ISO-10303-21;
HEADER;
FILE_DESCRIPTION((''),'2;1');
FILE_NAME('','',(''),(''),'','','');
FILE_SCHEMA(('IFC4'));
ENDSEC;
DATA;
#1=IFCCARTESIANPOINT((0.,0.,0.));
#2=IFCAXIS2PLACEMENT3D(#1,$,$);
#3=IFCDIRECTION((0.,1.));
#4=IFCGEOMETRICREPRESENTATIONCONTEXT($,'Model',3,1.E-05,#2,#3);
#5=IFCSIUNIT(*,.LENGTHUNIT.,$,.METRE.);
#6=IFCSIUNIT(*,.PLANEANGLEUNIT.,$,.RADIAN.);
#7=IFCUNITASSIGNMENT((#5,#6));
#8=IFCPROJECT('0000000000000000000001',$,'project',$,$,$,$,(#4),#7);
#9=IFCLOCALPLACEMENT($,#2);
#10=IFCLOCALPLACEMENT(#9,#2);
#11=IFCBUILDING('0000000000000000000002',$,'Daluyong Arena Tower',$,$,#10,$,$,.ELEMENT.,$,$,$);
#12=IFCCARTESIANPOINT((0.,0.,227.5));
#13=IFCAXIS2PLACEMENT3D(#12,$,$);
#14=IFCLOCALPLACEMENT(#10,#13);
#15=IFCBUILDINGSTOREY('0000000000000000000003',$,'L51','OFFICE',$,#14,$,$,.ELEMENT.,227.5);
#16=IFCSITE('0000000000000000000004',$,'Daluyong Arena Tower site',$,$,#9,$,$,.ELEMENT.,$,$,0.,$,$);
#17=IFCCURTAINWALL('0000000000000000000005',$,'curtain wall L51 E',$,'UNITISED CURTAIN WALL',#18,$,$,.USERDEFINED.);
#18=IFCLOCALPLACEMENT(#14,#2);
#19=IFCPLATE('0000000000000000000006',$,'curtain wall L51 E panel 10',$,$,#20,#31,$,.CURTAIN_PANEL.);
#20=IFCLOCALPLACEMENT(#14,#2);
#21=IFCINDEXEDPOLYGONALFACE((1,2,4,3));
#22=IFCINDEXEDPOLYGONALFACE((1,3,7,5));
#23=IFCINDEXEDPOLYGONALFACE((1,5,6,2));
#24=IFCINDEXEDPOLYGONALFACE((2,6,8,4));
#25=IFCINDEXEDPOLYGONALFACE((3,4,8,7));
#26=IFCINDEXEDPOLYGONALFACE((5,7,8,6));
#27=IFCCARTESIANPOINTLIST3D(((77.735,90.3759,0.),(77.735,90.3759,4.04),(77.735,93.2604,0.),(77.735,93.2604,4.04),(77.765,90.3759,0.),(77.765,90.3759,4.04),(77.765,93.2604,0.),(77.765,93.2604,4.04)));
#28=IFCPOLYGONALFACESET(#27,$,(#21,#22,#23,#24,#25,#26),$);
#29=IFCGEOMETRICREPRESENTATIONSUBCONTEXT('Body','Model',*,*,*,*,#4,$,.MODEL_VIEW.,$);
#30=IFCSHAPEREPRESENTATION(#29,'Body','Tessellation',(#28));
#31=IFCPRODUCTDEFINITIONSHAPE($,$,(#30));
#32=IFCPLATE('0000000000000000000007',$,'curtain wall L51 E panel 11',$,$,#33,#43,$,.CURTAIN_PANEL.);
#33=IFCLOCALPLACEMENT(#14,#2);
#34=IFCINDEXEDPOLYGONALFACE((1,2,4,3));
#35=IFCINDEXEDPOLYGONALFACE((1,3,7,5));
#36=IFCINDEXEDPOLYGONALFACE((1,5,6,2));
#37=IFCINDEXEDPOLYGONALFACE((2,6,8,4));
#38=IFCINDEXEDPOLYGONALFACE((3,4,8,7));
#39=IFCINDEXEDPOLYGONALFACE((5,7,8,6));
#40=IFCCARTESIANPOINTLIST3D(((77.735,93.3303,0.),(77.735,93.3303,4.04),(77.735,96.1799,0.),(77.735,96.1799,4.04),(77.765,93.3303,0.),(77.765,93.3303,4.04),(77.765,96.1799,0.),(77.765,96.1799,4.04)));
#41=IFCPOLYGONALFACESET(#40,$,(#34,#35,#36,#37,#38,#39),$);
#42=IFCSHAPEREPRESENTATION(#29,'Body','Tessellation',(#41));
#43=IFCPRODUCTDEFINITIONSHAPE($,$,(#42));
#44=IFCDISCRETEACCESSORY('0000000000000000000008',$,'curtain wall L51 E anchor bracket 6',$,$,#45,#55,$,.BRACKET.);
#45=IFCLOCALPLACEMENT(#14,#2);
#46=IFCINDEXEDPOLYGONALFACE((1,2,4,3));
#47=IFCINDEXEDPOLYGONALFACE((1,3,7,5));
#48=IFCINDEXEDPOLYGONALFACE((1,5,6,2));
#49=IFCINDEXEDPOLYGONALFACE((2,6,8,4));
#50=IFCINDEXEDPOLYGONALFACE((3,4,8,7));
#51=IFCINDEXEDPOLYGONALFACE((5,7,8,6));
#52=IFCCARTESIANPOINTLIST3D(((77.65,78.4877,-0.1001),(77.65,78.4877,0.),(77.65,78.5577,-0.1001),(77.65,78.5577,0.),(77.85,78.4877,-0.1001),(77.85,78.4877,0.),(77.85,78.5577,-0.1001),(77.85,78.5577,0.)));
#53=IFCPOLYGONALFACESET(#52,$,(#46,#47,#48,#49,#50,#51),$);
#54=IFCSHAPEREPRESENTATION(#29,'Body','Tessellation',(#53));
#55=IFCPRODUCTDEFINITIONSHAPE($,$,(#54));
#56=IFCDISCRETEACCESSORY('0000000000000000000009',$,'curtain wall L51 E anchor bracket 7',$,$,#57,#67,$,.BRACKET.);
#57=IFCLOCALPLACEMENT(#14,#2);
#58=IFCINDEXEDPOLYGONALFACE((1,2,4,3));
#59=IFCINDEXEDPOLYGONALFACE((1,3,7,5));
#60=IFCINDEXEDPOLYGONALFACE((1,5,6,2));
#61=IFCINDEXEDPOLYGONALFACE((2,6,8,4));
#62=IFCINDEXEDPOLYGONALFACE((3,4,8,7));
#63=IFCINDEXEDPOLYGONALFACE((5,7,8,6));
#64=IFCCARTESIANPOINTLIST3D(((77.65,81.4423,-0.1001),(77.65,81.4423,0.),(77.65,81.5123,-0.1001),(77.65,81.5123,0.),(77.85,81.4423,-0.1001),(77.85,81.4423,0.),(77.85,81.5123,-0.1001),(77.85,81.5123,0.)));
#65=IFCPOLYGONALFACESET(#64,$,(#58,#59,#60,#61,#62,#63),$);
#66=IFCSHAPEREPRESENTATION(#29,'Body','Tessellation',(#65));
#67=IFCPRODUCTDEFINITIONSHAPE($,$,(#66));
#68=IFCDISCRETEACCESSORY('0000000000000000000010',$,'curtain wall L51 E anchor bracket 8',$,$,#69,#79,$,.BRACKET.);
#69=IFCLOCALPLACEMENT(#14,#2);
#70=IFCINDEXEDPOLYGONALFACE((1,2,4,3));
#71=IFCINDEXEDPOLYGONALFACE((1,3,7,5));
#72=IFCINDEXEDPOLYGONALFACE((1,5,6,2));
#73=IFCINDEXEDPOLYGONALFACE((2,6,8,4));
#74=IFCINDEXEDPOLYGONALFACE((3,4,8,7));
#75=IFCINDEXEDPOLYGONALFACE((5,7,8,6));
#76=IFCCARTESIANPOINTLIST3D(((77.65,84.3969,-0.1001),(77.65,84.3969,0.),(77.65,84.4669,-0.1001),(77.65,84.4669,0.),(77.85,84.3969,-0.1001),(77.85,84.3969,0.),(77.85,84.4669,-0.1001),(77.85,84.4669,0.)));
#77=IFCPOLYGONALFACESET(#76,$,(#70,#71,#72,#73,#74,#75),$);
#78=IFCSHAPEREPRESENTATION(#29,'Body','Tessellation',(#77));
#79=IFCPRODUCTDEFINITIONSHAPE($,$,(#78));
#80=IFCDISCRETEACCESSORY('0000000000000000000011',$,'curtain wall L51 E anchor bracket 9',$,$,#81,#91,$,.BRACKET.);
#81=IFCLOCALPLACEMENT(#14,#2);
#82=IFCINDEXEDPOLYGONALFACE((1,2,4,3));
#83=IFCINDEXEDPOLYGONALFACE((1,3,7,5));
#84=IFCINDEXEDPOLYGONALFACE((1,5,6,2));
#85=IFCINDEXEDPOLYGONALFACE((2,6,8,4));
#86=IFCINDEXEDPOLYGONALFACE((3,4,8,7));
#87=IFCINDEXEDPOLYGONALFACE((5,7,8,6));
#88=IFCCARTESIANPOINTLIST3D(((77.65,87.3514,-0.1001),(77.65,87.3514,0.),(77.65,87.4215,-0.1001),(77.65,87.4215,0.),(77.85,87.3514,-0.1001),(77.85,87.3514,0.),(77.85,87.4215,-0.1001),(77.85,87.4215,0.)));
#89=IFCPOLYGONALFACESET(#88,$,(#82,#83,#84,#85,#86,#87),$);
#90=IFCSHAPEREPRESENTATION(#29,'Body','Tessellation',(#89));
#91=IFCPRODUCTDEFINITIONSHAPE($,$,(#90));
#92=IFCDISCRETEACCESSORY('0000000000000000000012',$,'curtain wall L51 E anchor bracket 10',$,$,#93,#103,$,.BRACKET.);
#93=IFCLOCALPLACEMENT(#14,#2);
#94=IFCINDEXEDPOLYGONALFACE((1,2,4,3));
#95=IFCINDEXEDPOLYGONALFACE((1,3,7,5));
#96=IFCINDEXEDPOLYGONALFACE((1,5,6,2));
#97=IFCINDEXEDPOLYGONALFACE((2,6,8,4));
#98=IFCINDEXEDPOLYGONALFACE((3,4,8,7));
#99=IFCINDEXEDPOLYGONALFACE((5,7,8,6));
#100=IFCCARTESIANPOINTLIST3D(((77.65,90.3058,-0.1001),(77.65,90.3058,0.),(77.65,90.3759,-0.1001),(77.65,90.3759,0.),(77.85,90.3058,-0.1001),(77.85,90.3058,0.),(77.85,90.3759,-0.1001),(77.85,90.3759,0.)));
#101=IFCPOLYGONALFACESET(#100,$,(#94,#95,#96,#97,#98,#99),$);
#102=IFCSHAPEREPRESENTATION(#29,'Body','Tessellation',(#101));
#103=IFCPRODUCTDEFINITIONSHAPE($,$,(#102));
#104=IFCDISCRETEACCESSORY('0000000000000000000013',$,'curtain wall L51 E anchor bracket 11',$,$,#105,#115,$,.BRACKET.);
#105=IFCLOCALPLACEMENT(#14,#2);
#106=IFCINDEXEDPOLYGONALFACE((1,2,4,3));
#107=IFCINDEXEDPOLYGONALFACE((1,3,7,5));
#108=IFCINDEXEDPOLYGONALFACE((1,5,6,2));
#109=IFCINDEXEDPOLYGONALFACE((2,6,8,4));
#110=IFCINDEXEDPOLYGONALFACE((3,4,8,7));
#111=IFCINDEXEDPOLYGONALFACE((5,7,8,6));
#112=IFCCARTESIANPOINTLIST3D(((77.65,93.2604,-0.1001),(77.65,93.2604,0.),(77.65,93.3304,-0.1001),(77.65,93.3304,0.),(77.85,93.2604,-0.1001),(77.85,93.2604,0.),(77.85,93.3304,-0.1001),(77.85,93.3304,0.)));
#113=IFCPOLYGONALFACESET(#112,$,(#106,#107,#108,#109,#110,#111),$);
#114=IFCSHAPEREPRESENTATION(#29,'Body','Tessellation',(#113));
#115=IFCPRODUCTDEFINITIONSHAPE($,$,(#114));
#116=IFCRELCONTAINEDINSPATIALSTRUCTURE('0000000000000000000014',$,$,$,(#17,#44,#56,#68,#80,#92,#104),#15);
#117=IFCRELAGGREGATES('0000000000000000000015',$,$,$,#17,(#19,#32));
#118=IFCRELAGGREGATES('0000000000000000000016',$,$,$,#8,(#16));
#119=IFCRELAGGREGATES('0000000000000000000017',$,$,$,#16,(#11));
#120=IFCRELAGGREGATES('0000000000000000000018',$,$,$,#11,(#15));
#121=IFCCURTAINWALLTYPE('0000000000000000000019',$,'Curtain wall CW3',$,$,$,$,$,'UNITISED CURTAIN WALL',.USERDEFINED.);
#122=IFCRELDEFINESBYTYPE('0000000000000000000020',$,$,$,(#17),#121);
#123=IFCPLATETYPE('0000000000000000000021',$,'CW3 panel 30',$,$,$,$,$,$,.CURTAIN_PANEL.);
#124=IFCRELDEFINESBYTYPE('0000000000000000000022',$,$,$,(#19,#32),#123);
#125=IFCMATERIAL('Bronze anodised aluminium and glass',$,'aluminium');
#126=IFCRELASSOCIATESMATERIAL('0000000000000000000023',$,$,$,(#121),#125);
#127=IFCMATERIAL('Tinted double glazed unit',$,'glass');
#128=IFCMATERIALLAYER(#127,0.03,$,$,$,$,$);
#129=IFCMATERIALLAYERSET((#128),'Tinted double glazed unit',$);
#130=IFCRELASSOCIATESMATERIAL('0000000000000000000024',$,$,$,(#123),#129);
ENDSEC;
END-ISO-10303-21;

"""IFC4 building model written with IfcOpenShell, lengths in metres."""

from ifc_helpers import new_model, si_unit, direction, frame, origin, origin_2d, place, context, subcontext, project, spatial, rectangle, extrude, material, layer, layer_set, type_object, element, aggregate, save


model = new_model("IFC4")

# Units and contexts
model_context = context("Model", 3, precision=1e-05, world=origin(), true_north=direction((0.0, 1.0)))
body_context = subcontext(model_context, "Body", "Model", "MODEL_VIEW")
ifc_project = project(units=[si_unit("LENGTHUNIT", "METRE"), si_unit("PLANEANGLEUNIT", "RADIAN")], contexts=[model_context])

# Site, building, storey
site_placement = place(None, origin())
site = spatial("IfcSite", under=ifc_project, at=site_placement, Name="Daluyong Arena Tower site", CompositionType="ELEMENT", RefElevation=0.0)
building_placement = place(site_placement, origin())
building = spatial("IfcBuilding", under=site, at=building_placement, Name="Daluyong Arena Tower", CompositionType="ELEMENT")
storey_placement = place(building_placement, frame((0.0, 0.0, 227.5)))
storey = spatial("IfcBuildingStorey", under=building, at=storey_placement, Name="L51", Description="OFFICE", CompositionType="ELEMENT", Elevation=227.5)

# Curtain wall
ifc_material_1 = material(Name="Bronze anodised aluminium and glass", Category="aluminium")
curtain_wall_type = type_object("IfcCurtainWallType", Name="Curtain wall CW3", ElementType="UNITISED CURTAIN WALL", PredefinedType="USERDEFINED", material=ifc_material_1)
curtain_wall_placement = place(storey_placement, origin())
curtain_wall = element("IfcCurtainWall", 1, at=curtain_wall_placement, inside=storey, type_object=curtain_wall_type, Name="curtain wall L51 E", ObjectType="UNITISED CURTAIN WALL", PredefinedType="USERDEFINED")

# Plates
ifc_material_2 = material(Name="Tinted double glazed unit", Category="glass")
ifc_layer = layer(ifc_material_2, 0.03)
ifc_layer_set = layer_set([ifc_layer], Name="Tinted double glazed unit")
plate_type = type_object("IfcPlateType", Name="CW3 panel 30", PredefinedType="CURTAIN_PANEL", material=ifc_layer_set)
plate_1_placement = place(storey_placement, frame((77.75, 91.8181, 0.0), z_axis=(0.0, 0.0, 1.0), x_axis=(0.0, 1.0, 0.0)))
plate_1 = element("IfcPlate", 2, at=plate_1_placement, type_object=plate_type, Name="curtain wall L51 E panel 10", PredefinedType="CURTAIN_PANEL", context=body_context, shape_type="SweptSolid", body=[
    extrude(rectangle(XDim=2.8845, YDim=0.03, at=origin_2d()), origin(), (0.0, 0.0, 1.0), 4.04),
])
plate_2_placement = place(storey_placement, frame((77.75, 94.7551, 0.0), z_axis=(0.0, 0.0, 1.0), x_axis=(0.0, 1.0, 0.0)))
plate_2 = element("IfcPlate", 3, at=plate_2_placement, type_object=plate_type, Name="curtain wall L51 E panel 11", PredefinedType="CURTAIN_PANEL", context=body_context, shape_type="SweptSolid", body=[
    extrude(rectangle(XDim=2.8496, YDim=0.03, at=origin_2d()), origin(), (0.0, 0.0, 1.0), 4.04),
])
aggregate(curtain_wall, [plate_1, plate_2])

# Discrete accessories
for number, where, z_axis, x_axis, name in (
    (4, (77.75, 78.5227, -0.1001), (0.0, 0.0, 1.0), (0.0, 1.0, 0.0), "curtain wall L51 E anchor bracket 6"),
    (5, (77.75, 81.4773, -0.1001), (0.0, 0.0, 1.0), (0.0, 1.0, 0.0), "curtain wall L51 E anchor bracket 7"),
    (6, (77.75, 84.4319, -0.1001), (0.0, 0.0, 1.0), (0.0, 1.0, 0.0), "curtain wall L51 E anchor bracket 8"),
    (7, (77.75, 87.3865, -0.1001), (0.0, 0.0, 1.0), (0.0, 1.0, 0.0), "curtain wall L51 E anchor bracket 9"),
    (8, (77.75, 90.3408, -0.1001), (0.0, 0.0, 1.0), (0.0, 1.0, 0.0), "curtain wall L51 E anchor bracket 10"),
    (9, (77.75, 93.2954, -0.1001), (0.0, 0.0, 1.0), (0.0, 1.0, 0.0), "curtain wall L51 E anchor bracket 11"),
):
    element("IfcDiscreteAccessory", number, at=place(storey_placement, frame(where, z_axis=z_axis, x_axis=x_axis)), inside=storey, Name=name, PredefinedType="BRACKET", context=body_context, shape_type="SweptSolid", body=[
        extrude(rectangle(XDim=0.0701, YDim=0.2, at=origin_2d()), origin(), (0.0, 0.0, 1.0), 0.1001),
    ])

save(model, "model.ifc")
